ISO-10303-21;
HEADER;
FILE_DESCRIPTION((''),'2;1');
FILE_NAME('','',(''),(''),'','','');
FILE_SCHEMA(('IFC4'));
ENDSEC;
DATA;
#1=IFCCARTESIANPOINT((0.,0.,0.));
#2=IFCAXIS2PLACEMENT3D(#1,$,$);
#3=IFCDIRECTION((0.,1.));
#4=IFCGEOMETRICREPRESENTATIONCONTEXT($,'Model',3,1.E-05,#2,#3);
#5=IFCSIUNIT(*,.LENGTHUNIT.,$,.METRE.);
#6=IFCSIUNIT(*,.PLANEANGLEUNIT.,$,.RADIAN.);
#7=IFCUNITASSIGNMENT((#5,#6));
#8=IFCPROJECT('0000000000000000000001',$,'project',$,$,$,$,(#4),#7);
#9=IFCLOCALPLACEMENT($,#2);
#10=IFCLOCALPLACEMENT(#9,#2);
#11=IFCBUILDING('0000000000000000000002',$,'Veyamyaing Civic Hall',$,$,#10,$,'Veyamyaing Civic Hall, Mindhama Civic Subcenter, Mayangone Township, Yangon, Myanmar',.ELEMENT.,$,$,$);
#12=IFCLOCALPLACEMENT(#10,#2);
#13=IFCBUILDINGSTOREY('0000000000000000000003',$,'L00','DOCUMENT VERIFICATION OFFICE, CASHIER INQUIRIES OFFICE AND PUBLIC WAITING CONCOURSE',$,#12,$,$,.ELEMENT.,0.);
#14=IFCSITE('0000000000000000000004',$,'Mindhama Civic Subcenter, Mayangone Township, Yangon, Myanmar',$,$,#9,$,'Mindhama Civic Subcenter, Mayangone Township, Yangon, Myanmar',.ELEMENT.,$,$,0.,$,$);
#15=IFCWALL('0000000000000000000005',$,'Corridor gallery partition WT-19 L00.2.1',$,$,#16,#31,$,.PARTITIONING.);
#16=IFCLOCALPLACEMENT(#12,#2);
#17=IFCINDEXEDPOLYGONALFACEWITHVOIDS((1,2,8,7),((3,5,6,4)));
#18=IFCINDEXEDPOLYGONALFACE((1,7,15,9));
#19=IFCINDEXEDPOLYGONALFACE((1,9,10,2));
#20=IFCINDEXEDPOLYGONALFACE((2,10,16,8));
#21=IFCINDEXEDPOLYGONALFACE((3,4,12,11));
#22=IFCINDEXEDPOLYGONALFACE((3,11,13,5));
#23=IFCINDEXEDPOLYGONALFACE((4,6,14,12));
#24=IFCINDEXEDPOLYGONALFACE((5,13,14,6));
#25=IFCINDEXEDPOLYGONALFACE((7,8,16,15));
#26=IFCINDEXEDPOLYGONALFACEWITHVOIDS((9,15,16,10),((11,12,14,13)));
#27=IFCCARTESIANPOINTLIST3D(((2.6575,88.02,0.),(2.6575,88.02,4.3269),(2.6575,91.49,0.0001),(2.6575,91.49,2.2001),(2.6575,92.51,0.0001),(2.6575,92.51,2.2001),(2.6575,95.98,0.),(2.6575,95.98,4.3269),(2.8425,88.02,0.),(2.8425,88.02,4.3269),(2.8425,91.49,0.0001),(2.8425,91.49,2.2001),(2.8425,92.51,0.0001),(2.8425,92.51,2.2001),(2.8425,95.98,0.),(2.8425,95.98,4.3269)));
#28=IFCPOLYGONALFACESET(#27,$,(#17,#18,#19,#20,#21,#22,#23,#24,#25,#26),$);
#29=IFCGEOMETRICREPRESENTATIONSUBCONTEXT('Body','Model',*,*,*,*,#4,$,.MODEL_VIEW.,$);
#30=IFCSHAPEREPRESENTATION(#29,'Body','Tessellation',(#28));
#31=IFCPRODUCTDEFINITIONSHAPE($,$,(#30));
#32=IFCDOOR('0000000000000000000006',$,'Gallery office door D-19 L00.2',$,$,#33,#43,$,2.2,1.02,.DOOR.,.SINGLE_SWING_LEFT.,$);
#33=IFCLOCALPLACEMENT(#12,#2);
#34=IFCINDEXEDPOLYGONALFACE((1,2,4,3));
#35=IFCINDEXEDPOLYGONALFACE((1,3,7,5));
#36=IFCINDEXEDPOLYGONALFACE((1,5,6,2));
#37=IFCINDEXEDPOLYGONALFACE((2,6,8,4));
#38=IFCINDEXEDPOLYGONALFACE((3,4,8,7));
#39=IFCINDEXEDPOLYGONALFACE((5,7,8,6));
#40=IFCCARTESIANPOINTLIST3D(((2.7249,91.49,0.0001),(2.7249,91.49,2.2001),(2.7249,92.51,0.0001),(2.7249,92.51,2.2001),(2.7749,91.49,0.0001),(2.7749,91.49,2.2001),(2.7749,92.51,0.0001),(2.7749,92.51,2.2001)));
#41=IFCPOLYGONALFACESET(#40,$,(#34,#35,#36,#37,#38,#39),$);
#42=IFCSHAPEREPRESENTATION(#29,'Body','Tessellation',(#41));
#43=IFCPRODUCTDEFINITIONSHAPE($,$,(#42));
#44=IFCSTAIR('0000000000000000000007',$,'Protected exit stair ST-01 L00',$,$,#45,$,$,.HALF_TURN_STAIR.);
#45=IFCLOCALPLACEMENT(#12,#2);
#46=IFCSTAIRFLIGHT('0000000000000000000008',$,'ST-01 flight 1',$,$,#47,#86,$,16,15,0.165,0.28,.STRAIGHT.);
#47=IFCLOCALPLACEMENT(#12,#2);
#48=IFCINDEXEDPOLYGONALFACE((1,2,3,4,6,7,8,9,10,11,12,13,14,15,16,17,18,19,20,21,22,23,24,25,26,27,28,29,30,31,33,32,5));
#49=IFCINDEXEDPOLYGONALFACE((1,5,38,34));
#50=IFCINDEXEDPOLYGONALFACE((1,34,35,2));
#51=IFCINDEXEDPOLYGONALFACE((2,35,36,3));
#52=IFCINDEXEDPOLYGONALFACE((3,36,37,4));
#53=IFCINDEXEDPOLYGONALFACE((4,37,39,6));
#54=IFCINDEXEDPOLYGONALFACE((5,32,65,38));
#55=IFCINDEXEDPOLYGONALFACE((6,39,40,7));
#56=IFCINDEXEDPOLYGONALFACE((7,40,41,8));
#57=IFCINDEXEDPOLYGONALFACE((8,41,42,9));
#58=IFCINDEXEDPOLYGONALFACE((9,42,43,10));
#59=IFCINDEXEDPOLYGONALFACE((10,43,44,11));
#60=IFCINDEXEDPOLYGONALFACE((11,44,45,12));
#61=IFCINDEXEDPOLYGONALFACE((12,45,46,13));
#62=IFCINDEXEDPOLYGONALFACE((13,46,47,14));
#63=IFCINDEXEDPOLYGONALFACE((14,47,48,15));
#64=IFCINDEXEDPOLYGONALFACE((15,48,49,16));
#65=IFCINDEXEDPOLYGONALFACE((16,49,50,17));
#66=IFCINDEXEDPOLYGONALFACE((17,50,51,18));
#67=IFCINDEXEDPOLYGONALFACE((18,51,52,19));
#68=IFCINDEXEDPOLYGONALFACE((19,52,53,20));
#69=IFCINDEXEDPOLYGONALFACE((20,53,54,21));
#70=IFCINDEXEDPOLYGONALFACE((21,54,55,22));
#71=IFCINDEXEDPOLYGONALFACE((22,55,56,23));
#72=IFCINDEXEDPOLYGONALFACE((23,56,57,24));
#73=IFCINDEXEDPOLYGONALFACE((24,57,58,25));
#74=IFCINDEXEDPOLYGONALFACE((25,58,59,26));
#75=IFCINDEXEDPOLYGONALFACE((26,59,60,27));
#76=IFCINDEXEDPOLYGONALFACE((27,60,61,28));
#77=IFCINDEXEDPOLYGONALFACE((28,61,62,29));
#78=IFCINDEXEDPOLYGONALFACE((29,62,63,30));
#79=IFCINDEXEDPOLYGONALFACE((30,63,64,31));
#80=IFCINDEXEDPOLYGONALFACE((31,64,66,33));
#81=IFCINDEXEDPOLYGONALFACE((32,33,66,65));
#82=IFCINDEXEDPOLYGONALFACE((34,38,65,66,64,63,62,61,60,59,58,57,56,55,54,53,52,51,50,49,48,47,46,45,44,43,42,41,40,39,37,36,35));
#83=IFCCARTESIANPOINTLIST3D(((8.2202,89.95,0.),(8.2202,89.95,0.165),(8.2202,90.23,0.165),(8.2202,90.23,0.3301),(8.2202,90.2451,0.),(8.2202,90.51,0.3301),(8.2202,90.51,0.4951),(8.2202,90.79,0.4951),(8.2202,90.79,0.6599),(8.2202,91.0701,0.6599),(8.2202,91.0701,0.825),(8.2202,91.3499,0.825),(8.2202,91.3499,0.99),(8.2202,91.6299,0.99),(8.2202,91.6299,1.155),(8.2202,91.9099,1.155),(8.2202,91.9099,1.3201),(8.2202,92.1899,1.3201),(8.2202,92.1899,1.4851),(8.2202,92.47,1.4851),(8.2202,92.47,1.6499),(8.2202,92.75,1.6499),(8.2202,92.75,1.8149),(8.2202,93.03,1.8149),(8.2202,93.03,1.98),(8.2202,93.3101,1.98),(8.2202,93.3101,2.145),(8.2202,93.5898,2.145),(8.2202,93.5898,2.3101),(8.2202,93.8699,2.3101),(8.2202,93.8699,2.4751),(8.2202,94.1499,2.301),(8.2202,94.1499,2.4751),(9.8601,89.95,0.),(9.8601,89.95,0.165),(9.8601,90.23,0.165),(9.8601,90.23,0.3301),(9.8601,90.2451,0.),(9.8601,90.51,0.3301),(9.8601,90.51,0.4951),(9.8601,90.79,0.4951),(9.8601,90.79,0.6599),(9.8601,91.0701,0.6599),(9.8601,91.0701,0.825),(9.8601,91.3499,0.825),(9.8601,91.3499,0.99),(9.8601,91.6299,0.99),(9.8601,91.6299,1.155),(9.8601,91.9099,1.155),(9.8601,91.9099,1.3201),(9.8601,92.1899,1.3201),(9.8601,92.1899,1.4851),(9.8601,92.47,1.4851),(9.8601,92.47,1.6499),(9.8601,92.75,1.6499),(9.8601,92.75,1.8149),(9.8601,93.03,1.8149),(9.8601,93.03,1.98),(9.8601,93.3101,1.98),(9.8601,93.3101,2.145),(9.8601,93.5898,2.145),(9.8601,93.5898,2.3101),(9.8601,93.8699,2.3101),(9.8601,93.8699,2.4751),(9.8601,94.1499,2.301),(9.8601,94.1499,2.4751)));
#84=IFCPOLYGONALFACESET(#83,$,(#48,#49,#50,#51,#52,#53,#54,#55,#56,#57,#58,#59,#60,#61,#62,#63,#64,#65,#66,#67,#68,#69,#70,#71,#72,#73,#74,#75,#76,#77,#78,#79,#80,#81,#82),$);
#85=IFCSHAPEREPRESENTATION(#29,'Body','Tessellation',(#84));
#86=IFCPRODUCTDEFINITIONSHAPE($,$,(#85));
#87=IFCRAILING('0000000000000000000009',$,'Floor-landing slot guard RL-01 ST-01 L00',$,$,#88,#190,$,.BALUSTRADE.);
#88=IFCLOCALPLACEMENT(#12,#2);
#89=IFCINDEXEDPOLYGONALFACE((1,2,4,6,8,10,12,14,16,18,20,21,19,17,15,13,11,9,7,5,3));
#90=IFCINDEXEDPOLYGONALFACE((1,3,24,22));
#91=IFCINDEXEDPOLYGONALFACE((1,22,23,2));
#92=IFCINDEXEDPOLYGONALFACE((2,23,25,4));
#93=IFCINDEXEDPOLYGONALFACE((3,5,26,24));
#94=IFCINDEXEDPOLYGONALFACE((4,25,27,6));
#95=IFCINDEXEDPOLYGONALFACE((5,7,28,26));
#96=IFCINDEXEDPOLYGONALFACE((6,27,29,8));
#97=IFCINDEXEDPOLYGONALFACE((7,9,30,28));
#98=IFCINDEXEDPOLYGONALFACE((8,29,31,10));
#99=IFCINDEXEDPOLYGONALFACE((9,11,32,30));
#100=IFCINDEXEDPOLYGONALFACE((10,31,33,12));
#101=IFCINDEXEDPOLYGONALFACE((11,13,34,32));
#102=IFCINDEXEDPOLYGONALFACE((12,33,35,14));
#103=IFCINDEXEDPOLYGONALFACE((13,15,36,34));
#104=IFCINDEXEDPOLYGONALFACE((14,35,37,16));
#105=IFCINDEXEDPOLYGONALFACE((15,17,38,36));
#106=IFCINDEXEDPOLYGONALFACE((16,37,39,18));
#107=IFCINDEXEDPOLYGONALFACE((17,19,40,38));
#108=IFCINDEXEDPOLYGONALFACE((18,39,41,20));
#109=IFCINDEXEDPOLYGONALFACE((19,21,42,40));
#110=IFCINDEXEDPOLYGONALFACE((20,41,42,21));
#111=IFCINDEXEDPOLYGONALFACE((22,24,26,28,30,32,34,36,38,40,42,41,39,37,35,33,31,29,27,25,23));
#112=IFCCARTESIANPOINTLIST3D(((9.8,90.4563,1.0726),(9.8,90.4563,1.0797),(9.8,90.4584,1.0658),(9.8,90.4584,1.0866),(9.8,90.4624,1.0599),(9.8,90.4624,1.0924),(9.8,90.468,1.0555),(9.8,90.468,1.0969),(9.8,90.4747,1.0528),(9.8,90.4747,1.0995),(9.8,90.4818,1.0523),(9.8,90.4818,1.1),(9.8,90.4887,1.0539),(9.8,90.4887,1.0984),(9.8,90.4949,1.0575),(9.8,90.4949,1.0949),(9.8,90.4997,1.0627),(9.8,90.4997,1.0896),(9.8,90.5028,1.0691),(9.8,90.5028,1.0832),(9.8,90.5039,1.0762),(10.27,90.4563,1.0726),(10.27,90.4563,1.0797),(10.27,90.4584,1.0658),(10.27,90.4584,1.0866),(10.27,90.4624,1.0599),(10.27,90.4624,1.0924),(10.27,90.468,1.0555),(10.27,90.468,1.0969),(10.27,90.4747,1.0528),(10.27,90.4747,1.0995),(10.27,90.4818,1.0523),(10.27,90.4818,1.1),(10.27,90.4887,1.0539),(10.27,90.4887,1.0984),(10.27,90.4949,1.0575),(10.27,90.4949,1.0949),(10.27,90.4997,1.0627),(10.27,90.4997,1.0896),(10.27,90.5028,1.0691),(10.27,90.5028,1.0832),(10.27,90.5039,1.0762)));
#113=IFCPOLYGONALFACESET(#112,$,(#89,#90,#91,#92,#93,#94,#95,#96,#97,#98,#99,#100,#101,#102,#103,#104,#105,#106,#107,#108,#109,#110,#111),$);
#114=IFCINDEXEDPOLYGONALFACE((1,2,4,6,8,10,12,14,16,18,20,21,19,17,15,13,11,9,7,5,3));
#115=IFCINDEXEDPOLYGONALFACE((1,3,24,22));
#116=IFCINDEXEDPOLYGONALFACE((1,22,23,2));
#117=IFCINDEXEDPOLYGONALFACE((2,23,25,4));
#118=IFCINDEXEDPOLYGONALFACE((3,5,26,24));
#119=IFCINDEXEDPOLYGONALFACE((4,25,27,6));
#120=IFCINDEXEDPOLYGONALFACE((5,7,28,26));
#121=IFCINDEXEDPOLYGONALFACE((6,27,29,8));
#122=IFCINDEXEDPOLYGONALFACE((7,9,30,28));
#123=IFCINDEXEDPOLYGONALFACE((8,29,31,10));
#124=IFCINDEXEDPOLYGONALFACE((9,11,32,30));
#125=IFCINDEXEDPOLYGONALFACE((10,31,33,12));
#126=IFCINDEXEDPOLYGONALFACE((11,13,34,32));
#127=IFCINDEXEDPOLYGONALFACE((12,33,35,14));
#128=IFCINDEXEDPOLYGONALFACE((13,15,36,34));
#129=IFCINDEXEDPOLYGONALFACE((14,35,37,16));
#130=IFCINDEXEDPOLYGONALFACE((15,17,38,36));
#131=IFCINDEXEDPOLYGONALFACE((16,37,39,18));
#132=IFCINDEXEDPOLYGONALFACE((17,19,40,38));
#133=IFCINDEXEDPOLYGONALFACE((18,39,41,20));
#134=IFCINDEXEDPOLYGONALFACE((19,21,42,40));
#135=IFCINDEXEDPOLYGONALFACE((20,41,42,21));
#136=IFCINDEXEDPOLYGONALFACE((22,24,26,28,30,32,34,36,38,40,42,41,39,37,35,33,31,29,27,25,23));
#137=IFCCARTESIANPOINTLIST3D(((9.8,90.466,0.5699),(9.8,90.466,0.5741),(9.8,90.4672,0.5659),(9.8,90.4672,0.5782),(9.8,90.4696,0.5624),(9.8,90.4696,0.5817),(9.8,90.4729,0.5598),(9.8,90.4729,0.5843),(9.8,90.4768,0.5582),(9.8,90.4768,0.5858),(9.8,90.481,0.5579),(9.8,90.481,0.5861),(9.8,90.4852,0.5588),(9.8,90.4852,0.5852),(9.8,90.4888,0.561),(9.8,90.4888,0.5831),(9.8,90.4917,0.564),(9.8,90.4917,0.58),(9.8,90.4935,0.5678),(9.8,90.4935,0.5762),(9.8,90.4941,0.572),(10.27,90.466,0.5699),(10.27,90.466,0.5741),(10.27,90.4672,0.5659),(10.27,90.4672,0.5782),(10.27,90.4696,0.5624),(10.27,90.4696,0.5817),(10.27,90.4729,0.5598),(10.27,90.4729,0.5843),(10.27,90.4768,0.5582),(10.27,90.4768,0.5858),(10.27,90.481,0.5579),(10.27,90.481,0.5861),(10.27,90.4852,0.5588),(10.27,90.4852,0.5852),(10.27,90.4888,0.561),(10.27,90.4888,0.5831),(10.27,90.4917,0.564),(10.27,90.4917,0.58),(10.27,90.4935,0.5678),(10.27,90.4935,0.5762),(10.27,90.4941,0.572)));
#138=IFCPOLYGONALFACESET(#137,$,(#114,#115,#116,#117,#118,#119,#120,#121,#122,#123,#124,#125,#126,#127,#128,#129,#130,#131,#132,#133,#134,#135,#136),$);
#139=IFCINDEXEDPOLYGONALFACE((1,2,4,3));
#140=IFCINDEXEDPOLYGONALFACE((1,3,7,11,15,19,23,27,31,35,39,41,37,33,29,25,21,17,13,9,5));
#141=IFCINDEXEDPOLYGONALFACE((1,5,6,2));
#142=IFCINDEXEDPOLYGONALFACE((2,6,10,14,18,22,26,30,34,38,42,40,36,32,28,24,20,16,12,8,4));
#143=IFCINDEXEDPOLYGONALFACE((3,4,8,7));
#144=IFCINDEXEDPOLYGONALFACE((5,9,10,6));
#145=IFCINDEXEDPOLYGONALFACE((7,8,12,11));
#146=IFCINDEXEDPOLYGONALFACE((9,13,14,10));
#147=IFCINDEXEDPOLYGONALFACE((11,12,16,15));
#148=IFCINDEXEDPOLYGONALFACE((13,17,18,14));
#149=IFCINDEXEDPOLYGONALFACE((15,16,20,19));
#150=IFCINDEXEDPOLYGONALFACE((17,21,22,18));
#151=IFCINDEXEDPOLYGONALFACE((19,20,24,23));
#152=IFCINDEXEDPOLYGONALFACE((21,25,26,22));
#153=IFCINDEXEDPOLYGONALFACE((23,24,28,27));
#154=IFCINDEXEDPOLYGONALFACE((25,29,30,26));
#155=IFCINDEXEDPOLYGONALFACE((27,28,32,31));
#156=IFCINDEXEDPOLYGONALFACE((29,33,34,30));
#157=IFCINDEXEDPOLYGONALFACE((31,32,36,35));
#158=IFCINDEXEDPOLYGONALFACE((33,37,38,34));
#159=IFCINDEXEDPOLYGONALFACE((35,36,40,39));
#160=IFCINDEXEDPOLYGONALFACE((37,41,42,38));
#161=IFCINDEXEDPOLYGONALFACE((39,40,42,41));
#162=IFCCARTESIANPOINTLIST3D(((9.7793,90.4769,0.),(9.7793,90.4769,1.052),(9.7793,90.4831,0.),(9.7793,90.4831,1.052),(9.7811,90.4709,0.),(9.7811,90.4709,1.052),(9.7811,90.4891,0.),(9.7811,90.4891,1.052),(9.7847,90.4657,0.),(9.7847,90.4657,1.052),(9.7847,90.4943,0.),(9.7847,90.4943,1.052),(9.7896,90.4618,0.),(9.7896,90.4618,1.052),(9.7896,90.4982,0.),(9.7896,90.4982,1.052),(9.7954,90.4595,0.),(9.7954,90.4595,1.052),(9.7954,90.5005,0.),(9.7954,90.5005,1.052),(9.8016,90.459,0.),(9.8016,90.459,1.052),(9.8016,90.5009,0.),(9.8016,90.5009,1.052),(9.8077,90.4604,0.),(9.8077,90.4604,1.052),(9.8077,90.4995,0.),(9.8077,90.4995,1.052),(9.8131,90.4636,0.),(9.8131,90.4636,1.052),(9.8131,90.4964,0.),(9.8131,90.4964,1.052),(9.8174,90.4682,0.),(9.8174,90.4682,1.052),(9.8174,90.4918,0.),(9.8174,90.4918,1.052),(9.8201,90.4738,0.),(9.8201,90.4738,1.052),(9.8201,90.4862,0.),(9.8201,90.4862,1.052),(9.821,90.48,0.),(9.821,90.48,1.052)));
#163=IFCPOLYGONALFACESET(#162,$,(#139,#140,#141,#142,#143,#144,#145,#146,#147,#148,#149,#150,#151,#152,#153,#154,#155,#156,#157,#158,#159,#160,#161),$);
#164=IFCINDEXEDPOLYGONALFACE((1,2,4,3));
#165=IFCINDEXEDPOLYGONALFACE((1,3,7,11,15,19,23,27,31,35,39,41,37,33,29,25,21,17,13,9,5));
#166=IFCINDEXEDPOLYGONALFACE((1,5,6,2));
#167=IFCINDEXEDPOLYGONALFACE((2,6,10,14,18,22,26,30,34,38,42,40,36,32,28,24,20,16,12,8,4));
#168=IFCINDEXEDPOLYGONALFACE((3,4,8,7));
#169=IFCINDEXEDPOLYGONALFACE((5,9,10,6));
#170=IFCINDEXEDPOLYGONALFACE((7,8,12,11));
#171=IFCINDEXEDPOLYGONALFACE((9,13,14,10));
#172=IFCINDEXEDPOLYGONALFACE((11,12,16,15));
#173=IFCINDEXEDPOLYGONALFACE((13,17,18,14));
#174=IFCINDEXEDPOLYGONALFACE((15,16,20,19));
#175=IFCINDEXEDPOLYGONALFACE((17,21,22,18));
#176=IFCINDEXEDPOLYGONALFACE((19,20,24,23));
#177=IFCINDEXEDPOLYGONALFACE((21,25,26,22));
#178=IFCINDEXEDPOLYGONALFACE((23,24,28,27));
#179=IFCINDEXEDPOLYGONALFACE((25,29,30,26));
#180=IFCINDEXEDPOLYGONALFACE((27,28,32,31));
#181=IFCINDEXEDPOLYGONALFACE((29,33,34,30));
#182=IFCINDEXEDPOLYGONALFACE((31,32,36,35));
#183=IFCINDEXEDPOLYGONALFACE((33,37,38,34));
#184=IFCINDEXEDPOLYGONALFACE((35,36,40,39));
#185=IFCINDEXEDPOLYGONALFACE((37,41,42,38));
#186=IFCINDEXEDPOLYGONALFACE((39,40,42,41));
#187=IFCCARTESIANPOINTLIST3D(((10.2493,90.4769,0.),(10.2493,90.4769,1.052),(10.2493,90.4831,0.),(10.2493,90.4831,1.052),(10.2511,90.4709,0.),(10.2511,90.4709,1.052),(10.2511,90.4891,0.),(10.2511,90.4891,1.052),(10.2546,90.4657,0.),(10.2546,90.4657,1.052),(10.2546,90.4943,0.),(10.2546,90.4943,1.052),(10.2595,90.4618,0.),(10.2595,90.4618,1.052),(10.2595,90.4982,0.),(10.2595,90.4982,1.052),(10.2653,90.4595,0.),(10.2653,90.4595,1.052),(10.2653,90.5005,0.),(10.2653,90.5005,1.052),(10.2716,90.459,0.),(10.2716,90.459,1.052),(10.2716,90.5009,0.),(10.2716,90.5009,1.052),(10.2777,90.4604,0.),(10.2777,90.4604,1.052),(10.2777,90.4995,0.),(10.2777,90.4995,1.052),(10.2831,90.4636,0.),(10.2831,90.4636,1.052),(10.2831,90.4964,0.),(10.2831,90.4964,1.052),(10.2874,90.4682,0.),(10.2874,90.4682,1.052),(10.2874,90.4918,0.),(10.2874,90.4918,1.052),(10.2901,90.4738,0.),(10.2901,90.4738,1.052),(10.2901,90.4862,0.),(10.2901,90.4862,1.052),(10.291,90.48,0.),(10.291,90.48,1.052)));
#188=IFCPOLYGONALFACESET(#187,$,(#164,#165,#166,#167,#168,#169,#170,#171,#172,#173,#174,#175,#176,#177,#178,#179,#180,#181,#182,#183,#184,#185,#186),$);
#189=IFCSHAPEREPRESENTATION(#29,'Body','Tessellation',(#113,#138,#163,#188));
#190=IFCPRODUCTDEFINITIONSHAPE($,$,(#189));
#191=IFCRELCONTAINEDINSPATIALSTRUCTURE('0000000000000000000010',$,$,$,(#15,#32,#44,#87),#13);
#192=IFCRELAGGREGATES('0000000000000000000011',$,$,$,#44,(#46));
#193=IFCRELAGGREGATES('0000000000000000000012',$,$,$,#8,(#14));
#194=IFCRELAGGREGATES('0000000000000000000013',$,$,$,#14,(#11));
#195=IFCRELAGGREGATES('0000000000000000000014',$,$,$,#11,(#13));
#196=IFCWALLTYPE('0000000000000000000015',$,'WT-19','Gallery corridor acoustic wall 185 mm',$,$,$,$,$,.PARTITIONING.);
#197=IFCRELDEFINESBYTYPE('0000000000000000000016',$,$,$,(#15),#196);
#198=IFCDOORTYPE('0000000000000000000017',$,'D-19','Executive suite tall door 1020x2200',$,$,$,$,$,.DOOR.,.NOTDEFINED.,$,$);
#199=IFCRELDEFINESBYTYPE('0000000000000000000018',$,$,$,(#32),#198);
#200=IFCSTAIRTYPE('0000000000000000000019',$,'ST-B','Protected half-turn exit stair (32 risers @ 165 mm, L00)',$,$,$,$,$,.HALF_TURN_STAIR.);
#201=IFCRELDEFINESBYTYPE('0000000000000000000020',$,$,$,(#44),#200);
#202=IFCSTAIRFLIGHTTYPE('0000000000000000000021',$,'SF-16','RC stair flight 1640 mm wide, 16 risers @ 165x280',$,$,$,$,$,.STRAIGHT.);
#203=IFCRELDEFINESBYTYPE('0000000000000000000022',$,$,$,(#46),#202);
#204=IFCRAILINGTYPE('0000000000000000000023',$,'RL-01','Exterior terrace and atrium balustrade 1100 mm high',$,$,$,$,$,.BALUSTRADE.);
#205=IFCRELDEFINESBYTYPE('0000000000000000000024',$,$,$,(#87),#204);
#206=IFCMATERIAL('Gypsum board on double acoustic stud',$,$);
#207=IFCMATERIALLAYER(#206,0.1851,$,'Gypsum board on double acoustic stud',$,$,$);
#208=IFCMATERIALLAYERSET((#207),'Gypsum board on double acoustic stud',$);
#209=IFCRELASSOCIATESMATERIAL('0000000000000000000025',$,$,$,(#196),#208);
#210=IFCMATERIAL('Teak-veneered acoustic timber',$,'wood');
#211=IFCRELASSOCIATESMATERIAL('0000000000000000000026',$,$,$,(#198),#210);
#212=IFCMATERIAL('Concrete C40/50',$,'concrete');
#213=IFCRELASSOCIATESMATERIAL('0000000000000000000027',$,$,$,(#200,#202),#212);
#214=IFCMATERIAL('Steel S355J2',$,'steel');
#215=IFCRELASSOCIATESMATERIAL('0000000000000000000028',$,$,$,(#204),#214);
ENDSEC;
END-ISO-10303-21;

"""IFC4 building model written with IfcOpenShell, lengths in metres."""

from ifc_helpers import new_model, si_unit, direction, frame, frame_2d, origin, origin_2d, place, context, subcontext, project, spatial, polyline, rectangle, circle, outline, extrude, material, layer, layer_set, type_object, element, fill, aggregate, save


model = new_model("IFC4")

# Units and contexts
model_context = context("Model", 3, precision=1e-05, world=origin(), true_north=direction((0.0, 1.0)))
body_context = subcontext(model_context, "Body", "Model", "MODEL_VIEW")
ifc_project = project(units=[si_unit("LENGTHUNIT", "METRE"), si_unit("PLANEANGLEUNIT", "RADIAN")], contexts=[model_context])

# Site, building, storey
site_placement = place(None, origin())
site = spatial("IfcSite", under=ifc_project, at=site_placement, Name="Mindhama Civic Subcenter, Mayangone Township, Yangon, Myanmar", LongName="Mindhama Civic Subcenter, Mayangone Township, Yangon, Myanmar", CompositionType="ELEMENT", RefElevation=0.0)
building_placement = place(site_placement, origin())
building = spatial("IfcBuilding", under=site, at=building_placement, Name="Veyamyaing Civic Hall", LongName="Veyamyaing Civic Hall, Mindhama Civic Subcenter, Mayangone Township, Yangon, Myanmar", CompositionType="ELEMENT")
storey_placement = place(building_placement, origin())
storey = spatial("IfcBuildingStorey", under=building, at=storey_placement, Name="L00", Description="DOCUMENT VERIFICATION OFFICE, CASHIER INQUIRIES OFFICE AND PUBLIC WAITING CONCOURSE", CompositionType="ELEMENT", Elevation=0.0)

# Shared definitions
ifc_material_1 = material(Name="Concrete C40/50", Category="concrete")

# Shared definitions
ifc_material_2 = material(Name="Teak-veneered acoustic timber", Category="wood")

# Wall, opening, door
ifc_material_3 = material(Name="Gypsum board on double acoustic stud")
ifc_layer_1 = layer(ifc_material_3, 0.1851, Name="Gypsum board on double acoustic stud")
ifc_layer_set_1 = layer_set([ifc_layer_1], Name="Gypsum board on double acoustic stud")
wall_type_1 = type_object("IfcWallType", Name="WT-19", Description="Gallery corridor acoustic wall 185 mm", PredefinedType="PARTITIONING", material=ifc_layer_set_1)
wall_1_placement = place(storey_placement, frame((2.75, 88.02, 0.0), z_axis=(0.0, 0.0, 1.0), x_axis=(0.0, 1.0, 0.0)))
wall_1 = element("IfcWall", 1, at=wall_1_placement, inside=storey, type_object=wall_type_1, Name="Corridor gallery partition WT-19 L00.2.1", PredefinedType="PARTITIONING", context=body_context, shape_type="SweptSolid", body=[
    extrude(rectangle(XDim=7.96, YDim=0.1851, at=frame_2d((3.98, 0.0))), origin(), (0.0, 0.0, 1.0), 4.3269),
])
opening_1_placement = place(wall_1_placement, frame((3.47, 0.0, 0.0)))
opening_1 = element("IfcOpeningElement", 2, at=opening_1_placement, cuts=wall_1, PredefinedType="OPENING", context=body_context, shape_type="SweptSolid", body=[
    extrude(rectangle(XDim=1.02, YDim=2.2, at=frame_2d((0.51, 1.1001))), frame((0.0, 0.1025, 0.0), z_axis=(0.0, -1.0, 0.0), x_axis=(1.0, 0.0, 0.0)), (0.0, 0.0, 1.0), 0.2051),
])
door_type_1 = type_object("IfcDoorType", Name="D-19", Description="Executive suite tall door 1020x2200", OperationType="NOTDEFINED", PredefinedType="DOOR", material=ifc_material_2)
door_1_placement = place(opening_1_placement, frame((1.02, 0.0, 0.0), z_axis=(0.0, 0.0, 1.0), x_axis=(-1.0, 0.0, 0.0)))
door_1 = element("IfcDoor", 3, at=door_1_placement, inside=storey, type_object=door_type_1, Name="Gallery office door D-19 L00.2", OperationType="SINGLE_SWING_LEFT", OverallHeight=2.2, OverallWidth=1.02, PredefinedType="DOOR", context=body_context, shape_type="SweptSolid", body=[
    extrude(rectangle(XDim=1.02, YDim=2.2, at=frame_2d((0.51, 1.1001))), frame((0.0, 0.0249, 0.0), z_axis=(0.0, -1.0, 0.0), x_axis=(1.0, 0.0, 0.0)), (0.0, 0.0, 1.0), 0.05),
])
fill(opening_1, door_1)

# Stair, stair flight
stair_type = type_object("IfcStairType", Name="ST-B", Description="Protected half-turn exit stair (32 risers @ 165 mm, L00)", PredefinedType="HALF_TURN_STAIR", material=ifc_material_1)
stair_placement = place(storey_placement, origin())
stair = element("IfcStair", 4, at=stair_placement, inside=storey, type_object=stair_type, Name="Protected exit stair ST-01 L00", PredefinedType="HALF_TURN_STAIR")
stair_flight_type = type_object("IfcStairFlightType", Name="SF-16", Description="RC stair flight 1640 mm wide, 16 risers @ 165x280", PredefinedType="STRAIGHT", material=ifc_material_1)
stair_flight_placement = place(storey_placement, frame((9.04, 89.95, 0.0), z_axis=(0.0, 0.0, 1.0), x_axis=(0.0, 1.0, 0.0)))
stair_flight = element("IfcStairFlight", 5, at=stair_flight_placement, type_object=stair_flight_type, Name="ST-01 flight 1", NumberOfRisers=16, NumberOfTreads=15, PredefinedType="STRAIGHT", RiserHeight=0.165, TreadLength=0.28, context=body_context, shape_type="SweptSolid", body=[
    extrude(outline(polyline([(0.0, 0.0), (0.0, 0.165), (0.28, 0.165), (0.28, 0.3301), (0.5601, 0.3301), (0.5601, 0.4951), (0.8401, 0.4951), (0.8401, 0.6599), (1.1201, 0.6599), (1.1201, 0.825), (1.3999, 0.825), (1.3999, 0.99), (1.6799, 0.99), (1.6799, 1.155), (1.96, 1.155), (1.96, 1.3201), (2.24, 1.3201), (2.24, 1.4851), (2.52, 1.4851), (2.52, 1.6499), (2.8, 1.6499), (2.8, 1.8149), (3.0801, 1.8149), (3.0801, 1.98), (3.3601, 1.98), (3.3601, 2.145), (3.6399, 2.145), (3.6399, 2.3101), (3.9199, 2.3101), (3.9199, 2.4751), (4.2, 2.4751), (4.2, 2.6399), (4.2, 2.301), (0.2952, 0.0), (0.0, 0.0)])), frame((0.0, 0.8198, 0.0), z_axis=(0.0, -1.0, 0.0), x_axis=(1.0, 0.0, 0.0)), (0.0, 0.0, 1.0), 1.6399),
])
aggregate(stair, [stair_flight])

# Railing
ifc_material_4 = material(Name="Steel S355J2", Category="steel")
railing_type_1 = type_object("IfcRailingType", Name="RL-01", Description="Exterior terrace and atrium balustrade 1100 mm high", PredefinedType="BALUSTRADE", material=ifc_material_4)
railing_1_placement = place(storey_placement, frame((9.8, 90.48, 0.0)))
element("IfcRailing", 6, at=railing_1_placement, inside=storey, type_object=railing_type_1, Name="Floor-landing slot guard RL-01 ST-01 L00", PredefinedType="BALUSTRADE", context=body_context, shape_type="SweptSolid", body=[
    extrude(circle(Radius=0.0239, at=origin_2d()), frame((0.0, 0.0, 1.0762), z_axis=(1.0, 0.0, 0.0), x_axis=(0.0, 1.0, 0.0)), (0.0, 0.0, 1.0), 0.47),
    extrude(circle(Radius=0.0142, at=origin_2d()), frame((0.0, 0.0, 0.572), z_axis=(1.0, 0.0, 0.0), x_axis=(0.0, 1.0, 0.0)), (0.0, 0.0, 1.0), 0.47),
    extrude(circle(Radius=0.021, at=origin_2d()), origin(), (0.0, 0.0, 1.0), 1.052),
    extrude(circle(Radius=0.021, at=origin_2d()), frame((0.47, 0.0, 0.0)), (0.0, 0.0, 1.0), 1.052),
])

save(model, "model.ifc")
